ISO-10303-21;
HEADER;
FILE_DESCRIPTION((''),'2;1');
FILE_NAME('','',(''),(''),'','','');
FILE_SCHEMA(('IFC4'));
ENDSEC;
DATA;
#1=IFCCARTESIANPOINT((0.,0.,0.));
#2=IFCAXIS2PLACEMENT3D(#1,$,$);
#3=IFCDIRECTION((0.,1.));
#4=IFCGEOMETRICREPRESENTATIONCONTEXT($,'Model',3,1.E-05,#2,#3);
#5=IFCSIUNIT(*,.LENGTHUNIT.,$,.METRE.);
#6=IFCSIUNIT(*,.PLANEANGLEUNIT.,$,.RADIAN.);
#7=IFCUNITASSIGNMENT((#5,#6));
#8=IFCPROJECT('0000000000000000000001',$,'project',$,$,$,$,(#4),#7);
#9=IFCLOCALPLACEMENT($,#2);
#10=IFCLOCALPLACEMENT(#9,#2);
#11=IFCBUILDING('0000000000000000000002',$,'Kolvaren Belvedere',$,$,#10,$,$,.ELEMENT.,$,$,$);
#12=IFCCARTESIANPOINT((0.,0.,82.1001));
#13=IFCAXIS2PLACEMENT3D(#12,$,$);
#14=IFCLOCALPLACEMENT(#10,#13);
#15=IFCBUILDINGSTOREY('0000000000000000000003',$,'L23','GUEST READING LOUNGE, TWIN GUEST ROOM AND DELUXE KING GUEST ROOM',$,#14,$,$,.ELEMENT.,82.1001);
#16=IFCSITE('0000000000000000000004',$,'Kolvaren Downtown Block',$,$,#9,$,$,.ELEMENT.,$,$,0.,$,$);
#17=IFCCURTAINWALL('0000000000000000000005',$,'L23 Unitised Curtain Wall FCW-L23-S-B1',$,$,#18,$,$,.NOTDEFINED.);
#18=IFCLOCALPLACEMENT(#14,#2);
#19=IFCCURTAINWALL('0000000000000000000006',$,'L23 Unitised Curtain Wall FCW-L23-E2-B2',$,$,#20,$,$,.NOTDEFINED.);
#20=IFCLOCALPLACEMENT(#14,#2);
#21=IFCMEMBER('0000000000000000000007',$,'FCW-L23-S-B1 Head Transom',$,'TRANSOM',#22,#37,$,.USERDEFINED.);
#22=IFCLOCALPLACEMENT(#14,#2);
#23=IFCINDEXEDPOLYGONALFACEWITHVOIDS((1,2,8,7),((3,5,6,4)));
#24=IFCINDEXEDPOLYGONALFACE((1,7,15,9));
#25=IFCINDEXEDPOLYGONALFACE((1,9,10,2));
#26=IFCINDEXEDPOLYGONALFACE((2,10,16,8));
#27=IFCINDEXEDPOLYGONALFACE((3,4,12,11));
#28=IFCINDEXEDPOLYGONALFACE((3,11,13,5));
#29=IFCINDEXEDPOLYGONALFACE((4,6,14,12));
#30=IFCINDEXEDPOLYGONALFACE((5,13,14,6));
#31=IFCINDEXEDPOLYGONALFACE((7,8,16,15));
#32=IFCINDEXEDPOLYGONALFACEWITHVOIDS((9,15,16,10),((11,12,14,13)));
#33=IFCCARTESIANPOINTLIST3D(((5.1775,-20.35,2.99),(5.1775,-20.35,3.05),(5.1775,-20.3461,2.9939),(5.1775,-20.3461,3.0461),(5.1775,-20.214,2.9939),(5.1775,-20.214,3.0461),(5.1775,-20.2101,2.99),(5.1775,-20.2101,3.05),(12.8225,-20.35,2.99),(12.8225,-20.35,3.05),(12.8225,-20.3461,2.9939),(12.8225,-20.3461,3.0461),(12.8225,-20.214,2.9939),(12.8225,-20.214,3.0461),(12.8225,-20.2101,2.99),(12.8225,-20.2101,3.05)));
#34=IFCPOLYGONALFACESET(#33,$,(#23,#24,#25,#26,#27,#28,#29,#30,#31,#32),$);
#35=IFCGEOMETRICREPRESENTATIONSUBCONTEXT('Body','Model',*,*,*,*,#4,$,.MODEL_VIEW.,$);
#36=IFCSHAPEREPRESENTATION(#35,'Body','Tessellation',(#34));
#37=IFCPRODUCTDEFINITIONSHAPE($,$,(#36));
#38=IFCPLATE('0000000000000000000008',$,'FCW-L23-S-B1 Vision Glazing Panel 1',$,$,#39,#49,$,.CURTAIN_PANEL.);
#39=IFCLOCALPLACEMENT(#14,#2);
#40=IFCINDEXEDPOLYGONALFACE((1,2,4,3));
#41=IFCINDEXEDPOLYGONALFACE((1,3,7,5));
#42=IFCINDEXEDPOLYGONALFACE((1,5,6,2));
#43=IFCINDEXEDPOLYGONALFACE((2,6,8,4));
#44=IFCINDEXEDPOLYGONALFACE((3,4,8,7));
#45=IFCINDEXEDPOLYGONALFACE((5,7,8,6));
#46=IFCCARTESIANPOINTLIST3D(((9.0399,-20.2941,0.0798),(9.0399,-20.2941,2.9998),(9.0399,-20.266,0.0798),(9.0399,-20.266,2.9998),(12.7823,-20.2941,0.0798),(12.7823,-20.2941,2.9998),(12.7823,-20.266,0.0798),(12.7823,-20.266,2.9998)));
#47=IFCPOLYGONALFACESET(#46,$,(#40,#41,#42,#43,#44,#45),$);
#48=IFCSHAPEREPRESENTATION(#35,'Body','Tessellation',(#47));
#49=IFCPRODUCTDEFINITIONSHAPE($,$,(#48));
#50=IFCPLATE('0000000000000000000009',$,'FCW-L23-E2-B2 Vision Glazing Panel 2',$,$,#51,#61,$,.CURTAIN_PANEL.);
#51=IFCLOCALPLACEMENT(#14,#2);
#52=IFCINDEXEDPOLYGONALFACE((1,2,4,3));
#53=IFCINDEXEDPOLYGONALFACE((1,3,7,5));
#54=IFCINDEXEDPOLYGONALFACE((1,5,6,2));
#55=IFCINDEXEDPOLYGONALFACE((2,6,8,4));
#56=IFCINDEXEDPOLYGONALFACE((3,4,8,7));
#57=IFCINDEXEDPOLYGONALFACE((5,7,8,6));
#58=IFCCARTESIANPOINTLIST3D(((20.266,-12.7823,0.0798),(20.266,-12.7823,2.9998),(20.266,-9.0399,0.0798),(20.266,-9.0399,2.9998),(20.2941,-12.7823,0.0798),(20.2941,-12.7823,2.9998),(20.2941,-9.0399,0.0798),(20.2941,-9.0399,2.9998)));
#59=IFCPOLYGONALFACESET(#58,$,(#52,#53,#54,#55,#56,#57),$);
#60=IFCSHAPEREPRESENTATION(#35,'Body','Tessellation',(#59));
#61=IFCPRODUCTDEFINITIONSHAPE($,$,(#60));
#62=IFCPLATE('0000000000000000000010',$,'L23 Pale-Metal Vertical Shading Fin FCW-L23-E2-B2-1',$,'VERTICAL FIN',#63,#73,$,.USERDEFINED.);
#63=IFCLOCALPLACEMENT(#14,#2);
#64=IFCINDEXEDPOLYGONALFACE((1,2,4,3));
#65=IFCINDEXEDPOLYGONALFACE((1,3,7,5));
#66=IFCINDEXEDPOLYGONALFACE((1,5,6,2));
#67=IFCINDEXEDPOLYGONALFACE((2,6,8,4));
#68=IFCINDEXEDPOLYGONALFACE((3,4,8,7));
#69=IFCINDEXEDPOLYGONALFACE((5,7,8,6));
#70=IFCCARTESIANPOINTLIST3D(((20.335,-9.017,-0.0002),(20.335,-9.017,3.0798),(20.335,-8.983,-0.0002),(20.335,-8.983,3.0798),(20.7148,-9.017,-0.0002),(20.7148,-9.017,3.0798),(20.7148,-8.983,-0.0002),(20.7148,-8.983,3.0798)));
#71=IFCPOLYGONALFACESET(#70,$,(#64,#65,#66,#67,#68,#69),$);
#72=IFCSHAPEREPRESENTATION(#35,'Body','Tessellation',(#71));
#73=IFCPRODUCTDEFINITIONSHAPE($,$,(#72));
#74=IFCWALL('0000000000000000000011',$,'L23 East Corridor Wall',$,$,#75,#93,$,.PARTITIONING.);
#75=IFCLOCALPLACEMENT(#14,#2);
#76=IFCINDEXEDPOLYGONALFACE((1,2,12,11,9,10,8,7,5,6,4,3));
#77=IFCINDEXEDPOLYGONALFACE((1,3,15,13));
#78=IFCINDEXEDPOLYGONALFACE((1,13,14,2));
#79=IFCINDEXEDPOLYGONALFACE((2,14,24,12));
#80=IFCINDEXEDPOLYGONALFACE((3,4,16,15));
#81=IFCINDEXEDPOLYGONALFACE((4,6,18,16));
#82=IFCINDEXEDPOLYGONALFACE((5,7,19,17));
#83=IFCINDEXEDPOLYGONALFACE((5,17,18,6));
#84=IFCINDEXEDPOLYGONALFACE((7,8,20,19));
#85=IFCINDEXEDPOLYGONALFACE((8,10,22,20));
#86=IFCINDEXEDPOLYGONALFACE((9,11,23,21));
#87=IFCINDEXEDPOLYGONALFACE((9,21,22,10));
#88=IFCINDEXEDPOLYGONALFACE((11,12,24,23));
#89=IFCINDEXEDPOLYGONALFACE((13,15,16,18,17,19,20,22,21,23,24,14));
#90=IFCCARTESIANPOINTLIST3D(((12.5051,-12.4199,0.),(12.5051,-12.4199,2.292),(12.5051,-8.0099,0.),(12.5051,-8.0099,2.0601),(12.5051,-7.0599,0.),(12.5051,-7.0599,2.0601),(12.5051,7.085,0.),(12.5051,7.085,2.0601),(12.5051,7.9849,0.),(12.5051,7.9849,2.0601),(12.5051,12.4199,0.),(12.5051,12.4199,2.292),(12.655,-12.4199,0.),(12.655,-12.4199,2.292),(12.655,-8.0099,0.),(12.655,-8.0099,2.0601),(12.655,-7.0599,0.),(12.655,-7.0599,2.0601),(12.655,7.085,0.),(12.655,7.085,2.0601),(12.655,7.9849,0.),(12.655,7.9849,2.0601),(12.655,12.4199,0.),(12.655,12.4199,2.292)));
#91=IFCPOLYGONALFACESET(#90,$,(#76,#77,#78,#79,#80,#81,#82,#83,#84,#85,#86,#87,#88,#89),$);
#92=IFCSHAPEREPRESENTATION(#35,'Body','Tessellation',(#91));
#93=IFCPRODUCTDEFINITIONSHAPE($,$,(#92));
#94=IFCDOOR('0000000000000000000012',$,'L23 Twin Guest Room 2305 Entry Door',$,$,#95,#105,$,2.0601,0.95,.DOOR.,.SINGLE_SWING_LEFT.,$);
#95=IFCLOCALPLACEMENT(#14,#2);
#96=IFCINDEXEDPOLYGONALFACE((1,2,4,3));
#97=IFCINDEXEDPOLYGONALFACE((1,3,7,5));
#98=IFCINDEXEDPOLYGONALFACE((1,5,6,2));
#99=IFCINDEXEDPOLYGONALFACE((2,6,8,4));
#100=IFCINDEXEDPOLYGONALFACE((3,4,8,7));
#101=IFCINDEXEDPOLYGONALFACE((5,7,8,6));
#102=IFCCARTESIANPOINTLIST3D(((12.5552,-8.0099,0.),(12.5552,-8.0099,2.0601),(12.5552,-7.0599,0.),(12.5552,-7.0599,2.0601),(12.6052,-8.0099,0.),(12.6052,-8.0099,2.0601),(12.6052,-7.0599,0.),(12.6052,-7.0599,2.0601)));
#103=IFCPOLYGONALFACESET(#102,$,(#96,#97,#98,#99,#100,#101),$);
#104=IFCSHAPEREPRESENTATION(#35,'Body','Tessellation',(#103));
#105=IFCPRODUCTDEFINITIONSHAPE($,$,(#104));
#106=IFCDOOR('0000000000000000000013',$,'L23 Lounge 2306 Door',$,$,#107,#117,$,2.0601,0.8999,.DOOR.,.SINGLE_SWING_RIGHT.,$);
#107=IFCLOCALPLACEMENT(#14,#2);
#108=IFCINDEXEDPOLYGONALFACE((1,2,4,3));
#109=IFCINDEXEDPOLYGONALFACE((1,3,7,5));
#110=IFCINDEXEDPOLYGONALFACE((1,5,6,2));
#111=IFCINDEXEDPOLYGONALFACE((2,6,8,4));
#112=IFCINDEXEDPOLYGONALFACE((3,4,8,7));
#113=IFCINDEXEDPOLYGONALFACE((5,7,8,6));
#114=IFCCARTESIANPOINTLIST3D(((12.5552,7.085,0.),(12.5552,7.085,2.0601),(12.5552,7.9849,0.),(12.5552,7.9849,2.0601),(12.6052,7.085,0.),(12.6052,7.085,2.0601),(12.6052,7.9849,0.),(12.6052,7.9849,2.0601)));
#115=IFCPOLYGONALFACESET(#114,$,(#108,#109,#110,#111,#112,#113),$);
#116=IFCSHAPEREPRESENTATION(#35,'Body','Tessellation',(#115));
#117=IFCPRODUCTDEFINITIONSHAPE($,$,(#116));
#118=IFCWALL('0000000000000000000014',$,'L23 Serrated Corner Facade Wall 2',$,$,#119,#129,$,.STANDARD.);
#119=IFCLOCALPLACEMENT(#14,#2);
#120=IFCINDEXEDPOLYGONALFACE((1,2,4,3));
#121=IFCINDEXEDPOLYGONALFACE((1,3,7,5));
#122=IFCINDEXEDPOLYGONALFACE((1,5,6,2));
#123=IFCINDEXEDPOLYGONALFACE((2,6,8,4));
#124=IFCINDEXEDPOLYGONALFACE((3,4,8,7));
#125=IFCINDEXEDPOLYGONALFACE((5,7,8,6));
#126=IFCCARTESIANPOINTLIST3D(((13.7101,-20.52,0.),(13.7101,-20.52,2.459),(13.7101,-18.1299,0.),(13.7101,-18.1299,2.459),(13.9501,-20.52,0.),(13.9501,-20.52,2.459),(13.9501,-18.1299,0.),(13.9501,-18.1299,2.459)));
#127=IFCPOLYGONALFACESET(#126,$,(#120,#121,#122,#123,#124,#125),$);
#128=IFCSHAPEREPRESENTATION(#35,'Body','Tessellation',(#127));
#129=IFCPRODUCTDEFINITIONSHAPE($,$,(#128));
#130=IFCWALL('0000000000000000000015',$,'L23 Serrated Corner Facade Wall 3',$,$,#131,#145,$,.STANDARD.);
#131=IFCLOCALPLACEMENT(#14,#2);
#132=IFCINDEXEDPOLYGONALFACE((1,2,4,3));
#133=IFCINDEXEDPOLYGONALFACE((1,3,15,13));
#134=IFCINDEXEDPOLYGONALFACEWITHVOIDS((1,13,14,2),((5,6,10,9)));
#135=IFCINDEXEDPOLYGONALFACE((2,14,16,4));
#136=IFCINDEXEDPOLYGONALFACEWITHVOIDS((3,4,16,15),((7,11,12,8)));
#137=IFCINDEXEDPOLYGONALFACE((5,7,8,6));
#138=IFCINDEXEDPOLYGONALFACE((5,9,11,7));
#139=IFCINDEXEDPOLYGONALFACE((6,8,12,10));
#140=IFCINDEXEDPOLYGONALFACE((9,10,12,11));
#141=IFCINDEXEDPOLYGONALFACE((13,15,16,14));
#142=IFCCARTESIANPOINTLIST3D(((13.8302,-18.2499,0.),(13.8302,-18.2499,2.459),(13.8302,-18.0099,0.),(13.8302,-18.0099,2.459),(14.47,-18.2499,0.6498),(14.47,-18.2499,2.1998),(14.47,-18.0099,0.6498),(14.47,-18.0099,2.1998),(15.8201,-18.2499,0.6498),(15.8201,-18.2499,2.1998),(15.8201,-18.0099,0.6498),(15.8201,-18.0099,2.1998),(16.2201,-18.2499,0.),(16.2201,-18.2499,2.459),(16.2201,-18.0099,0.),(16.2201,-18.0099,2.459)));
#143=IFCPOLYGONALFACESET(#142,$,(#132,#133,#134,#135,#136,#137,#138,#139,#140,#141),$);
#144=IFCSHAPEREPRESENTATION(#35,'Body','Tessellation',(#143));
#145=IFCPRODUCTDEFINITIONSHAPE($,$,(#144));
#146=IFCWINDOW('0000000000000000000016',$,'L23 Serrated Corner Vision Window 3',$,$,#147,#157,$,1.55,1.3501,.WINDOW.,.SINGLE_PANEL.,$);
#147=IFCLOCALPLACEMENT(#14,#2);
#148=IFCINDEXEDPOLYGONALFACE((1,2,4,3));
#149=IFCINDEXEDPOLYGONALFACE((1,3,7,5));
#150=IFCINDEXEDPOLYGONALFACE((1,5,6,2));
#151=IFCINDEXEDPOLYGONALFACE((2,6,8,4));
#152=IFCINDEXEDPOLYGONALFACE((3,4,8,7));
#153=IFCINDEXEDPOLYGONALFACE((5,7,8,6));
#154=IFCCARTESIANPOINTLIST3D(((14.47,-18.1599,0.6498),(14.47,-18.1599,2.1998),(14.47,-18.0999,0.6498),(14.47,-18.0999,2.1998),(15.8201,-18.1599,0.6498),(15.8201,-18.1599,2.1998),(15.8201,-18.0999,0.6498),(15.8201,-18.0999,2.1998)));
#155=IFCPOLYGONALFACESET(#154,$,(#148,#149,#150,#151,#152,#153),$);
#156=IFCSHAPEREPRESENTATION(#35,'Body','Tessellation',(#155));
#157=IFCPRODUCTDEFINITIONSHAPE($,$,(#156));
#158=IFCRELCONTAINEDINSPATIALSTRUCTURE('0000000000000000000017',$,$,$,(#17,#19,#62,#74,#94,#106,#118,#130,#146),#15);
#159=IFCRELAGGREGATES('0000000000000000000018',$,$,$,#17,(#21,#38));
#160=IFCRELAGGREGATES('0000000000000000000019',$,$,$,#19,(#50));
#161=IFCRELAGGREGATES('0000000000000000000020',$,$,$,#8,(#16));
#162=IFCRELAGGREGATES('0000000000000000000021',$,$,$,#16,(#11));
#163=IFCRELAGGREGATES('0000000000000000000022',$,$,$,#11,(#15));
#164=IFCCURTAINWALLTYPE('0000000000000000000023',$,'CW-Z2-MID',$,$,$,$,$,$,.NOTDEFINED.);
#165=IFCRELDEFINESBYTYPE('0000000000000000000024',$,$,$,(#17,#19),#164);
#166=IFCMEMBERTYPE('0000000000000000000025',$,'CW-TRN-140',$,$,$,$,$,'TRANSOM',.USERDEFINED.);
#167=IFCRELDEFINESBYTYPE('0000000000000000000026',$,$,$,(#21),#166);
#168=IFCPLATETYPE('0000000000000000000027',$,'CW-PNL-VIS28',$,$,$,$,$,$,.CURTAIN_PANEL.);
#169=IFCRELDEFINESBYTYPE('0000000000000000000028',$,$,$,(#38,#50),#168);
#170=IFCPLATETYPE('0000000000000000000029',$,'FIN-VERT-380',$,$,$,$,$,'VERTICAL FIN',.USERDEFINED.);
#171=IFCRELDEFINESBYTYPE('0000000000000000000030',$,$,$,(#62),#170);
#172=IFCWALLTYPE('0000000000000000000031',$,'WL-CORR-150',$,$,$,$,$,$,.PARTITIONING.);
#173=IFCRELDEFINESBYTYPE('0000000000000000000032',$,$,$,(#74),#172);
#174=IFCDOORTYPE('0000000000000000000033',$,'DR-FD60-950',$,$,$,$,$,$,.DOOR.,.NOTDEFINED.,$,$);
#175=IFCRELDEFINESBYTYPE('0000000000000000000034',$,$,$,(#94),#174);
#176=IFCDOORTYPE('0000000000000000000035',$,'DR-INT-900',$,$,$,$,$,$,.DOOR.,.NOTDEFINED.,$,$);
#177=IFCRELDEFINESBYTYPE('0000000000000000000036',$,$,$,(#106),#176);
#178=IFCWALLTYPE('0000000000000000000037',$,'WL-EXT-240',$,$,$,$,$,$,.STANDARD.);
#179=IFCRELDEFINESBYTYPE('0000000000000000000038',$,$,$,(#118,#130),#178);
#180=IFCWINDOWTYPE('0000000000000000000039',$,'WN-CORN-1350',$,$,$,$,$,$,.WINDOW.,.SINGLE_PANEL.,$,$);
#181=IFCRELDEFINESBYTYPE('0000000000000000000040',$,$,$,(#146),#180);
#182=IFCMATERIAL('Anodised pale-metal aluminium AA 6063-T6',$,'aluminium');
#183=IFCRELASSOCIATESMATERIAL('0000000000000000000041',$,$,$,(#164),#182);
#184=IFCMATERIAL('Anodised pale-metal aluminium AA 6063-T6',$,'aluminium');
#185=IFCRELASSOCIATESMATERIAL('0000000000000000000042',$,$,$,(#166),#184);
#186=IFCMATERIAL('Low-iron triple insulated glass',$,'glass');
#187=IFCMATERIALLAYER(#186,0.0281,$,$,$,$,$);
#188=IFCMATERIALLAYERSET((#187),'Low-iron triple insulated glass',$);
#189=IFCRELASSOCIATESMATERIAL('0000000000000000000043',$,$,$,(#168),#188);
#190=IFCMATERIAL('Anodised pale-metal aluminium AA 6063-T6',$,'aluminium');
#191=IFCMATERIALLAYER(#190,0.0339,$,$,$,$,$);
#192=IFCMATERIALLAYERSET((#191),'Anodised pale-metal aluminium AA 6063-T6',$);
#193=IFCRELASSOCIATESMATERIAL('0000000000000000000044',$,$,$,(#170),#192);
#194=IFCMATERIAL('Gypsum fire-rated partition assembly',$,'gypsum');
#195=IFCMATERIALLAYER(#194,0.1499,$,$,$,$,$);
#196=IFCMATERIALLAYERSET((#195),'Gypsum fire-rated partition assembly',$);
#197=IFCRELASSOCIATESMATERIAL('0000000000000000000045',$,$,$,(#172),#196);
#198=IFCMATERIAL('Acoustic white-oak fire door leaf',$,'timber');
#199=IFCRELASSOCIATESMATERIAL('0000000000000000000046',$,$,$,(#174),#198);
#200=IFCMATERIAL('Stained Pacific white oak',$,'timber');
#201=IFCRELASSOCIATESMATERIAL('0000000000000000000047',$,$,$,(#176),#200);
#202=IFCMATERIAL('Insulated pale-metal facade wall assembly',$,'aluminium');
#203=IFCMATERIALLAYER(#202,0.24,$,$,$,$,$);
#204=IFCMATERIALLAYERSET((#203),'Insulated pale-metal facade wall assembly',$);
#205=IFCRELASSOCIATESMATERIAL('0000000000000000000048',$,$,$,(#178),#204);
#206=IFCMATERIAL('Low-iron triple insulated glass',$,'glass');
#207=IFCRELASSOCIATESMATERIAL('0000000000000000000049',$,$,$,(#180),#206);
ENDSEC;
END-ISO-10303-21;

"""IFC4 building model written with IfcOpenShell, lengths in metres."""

from ifc_helpers import new_model, si_unit, direction, frame, frame_2d, origin, origin_2d, place, context, subcontext, project, spatial, rectangle, hollow_rectangle, extrude, material, layer, layer_set, material_profile, profile_set, type_object, element, fill, aggregate, save


model = new_model("IFC4")

# Units and contexts
model_context = context("Model", 3, precision=1e-05, world=origin(), true_north=direction((0.0, 1.0)))
body_context = subcontext(model_context, "Body", "Model", "MODEL_VIEW")
ifc_project = project(units=[si_unit("LENGTHUNIT", "METRE"), si_unit("PLANEANGLEUNIT", "RADIAN")], contexts=[model_context])

# Site, building, storey
site_placement = place(None, origin())
site = spatial("IfcSite", under=ifc_project, at=site_placement, Name="Kolvaren Downtown Block", CompositionType="ELEMENT", RefElevation=0.0)
building_placement = place(site_placement, origin())
building = spatial("IfcBuilding", under=site, at=building_placement, Name="Kolvaren Belvedere", CompositionType="ELEMENT")
storey_placement = place(building_placement, frame((0.0, 0.0, 82.1001)))
storey = spatial("IfcBuildingStorey", under=building, at=storey_placement, Name="L23", Description="GUEST READING LOUNGE, TWIN GUEST ROOM AND DELUXE KING GUEST ROOM", CompositionType="ELEMENT", Elevation=82.1001)

# Curtain wall
ifc_material_1 = material(Name="Anodised pale-metal aluminium AA 6063-T6", Category="aluminium")
curtain_wall_type = type_object("IfcCurtainWallType", Name="CW-Z2-MID", PredefinedType="NOTDEFINED", material=ifc_material_1)
curtain_wall_1_placement = place(storey_placement, origin())
curtain_wall_1 = element("IfcCurtainWall", 1, at=curtain_wall_1_placement, inside=storey, type_object=curtain_wall_type, Name="L23 Unitised Curtain Wall FCW-L23-S-B1", PredefinedType="NOTDEFINED")

# Curtain wall
curtain_wall_2_placement = place(storey_placement, origin())
curtain_wall_2 = element("IfcCurtainWall", 2, at=curtain_wall_2_placement, inside=storey, type_object=curtain_wall_type, Name="L23 Unitised Curtain Wall FCW-L23-E2-B2", PredefinedType="NOTDEFINED")

# Member
ifc_material_2 = material(Name="Anodised pale-metal aluminium AA 6063-T6", Category="aluminium")
ifc_material_profile_1 = material_profile(ifc_material_2, hollow_rectangle(XDim=0.0601, YDim=0.1399, WallThickness=0.0039, at=origin_2d()), Name="ALU-TRN-140X60")
ifc_profile_set_1 = profile_set([ifc_material_profile_1], Name="Anodised pale-metal aluminium AA 6063-T6")
member_type_1 = type_object("IfcMemberType", Name="CW-TRN-140", ElementType="TRANSOM", PredefinedType="USERDEFINED", material=ifc_profile_set_1)
member_1_placement = place(storey_placement, frame((12.8225, -20.28, 3.02), z_axis=(-1.0, 0.0, 0.0), x_axis=(0.0, 0.0, 1.0)))
member_1 = element("IfcMember", 3, at=member_1_placement, type_object=member_type_1, Name="FCW-L23-S-B1 Head Transom", ObjectType="TRANSOM", PredefinedType="USERDEFINED", context=body_context, shape_type="SweptSolid", body=[
    extrude(hollow_rectangle(XDim=0.0601, YDim=0.1399, WallThickness=0.0039, at=origin_2d()), origin(), (0.0, 0.0, 1.0), 7.645),
])

# Plates
ifc_material_3 = material(Name="Low-iron triple insulated glass", Category="glass")
ifc_layer_1 = layer(ifc_material_3, 0.0281)
ifc_layer_set_1 = layer_set([ifc_layer_1], Name="Low-iron triple insulated glass")
plate_type_1 = type_object("IfcPlateType", Name="CW-PNL-VIS28", PredefinedType="CURTAIN_PANEL", material=ifc_layer_set_1)
plate_1_placement = place(storey_placement, frame((10.9111, -20.28, 0.0798), z_axis=(0.0, 0.0, 1.0), x_axis=(-1.0, 0.0, 0.0)))
plate_1 = element("IfcPlate", 4, at=plate_1_placement, type_object=plate_type_1, Name="FCW-L23-S-B1 Vision Glazing Panel 1", PredefinedType="CURTAIN_PANEL", context=body_context, shape_type="SweptSolid", body=[
    extrude(rectangle(XDim=3.7424, YDim=0.0281, at=origin_2d()), origin(), (0.0, 0.0, 1.0), 2.9199),
])
aggregate(curtain_wall_1, [member_1, plate_1])
plate_2_placement = place(storey_placement, frame((20.28, -10.9111, 0.0798), z_axis=(0.0, 0.0, 1.0), x_axis=(0.0, -1.0, 0.0)))
plate_2 = element("IfcPlate", 5, at=plate_2_placement, type_object=plate_type_1, Name="FCW-L23-E2-B2 Vision Glazing Panel 2", PredefinedType="CURTAIN_PANEL", context=body_context, shape_type="SweptSolid", body=[
    extrude(rectangle(XDim=3.7424, YDim=0.0281, at=origin_2d()), origin(), (0.0, 0.0, 1.0), 2.9199),
])
aggregate(curtain_wall_2, [plate_2])
ifc_material_4 = material(Name="Anodised pale-metal aluminium AA 6063-T6", Category="aluminium")
ifc_layer_2 = layer(ifc_material_4, 0.0339)
ifc_layer_set_2 = layer_set([ifc_layer_2], Name="Anodised pale-metal aluminium AA 6063-T6")
plate_type_2 = type_object("IfcPlateType", Name="FIN-VERT-380", ElementType="VERTICAL FIN", PredefinedType="USERDEFINED", material=ifc_layer_set_2)
plate_3_placement = place(storey_placement, frame((20.5249, -9.0, -0.0002), z_axis=(0.0, 0.0, 1.0), x_axis=(1.0, 0.0, 0.0)))
element("IfcPlate", 6, at=plate_3_placement, inside=storey, type_object=plate_type_2, Name="L23 Pale-Metal Vertical Shading Fin FCW-L23-E2-B2-1", ObjectType="VERTICAL FIN", PredefinedType="USERDEFINED", context=body_context, shape_type="SweptSolid", body=[
    extrude(rectangle(XDim=0.3799, YDim=0.0339, at=origin_2d()), origin(), (0.0, 0.0, 1.0), 3.0801),
])

# Wall, openings, doors
ifc_material_5 = material(Name="Gypsum fire-rated partition assembly", Category="gypsum")
ifc_layer_3 = layer(ifc_material_5, 0.1499)
ifc_layer_set_3 = layer_set([ifc_layer_3], Name="Gypsum fire-rated partition assembly")
wall_type_1 = type_object("IfcWallType", Name="WL-CORR-150", PredefinedType="PARTITIONING", material=ifc_layer_set_3)
wall_1_placement = place(storey_placement, frame((12.5801, -12.4199, 0.0), z_axis=(0.0, 0.0, 1.0), x_axis=(0.0, 1.0, 0.0)))
wall_1 = element("IfcWall", 7, at=wall_1_placement, inside=storey, type_object=wall_type_1, Name="L23 East Corridor Wall", PredefinedType="PARTITIONING", context=body_context, shape_type="SweptSolid", body=[
    extrude(rectangle(XDim=24.8398, YDim=0.1499, at=frame_2d((12.4199, 0.0))), origin(), (0.0, 0.0, 1.0), 2.292),
])
opening_1_placement = place(wall_1_placement, frame((4.4099, 0.0, 0.0)))
opening_1 = element("IfcOpeningElement", 8, at=opening_1_placement, cuts=wall_1, PredefinedType="OPENING", context=body_context, shape_type="SweptSolid", body=[
    extrude(rectangle(XDim=0.95, YDim=2.0601, at=frame_2d((0.4751, 1.03))), frame((0.0, 0.085, 0.0), z_axis=(0.0, -1.0, 0.0), x_axis=(1.0, 0.0, 0.0)), (0.0, 0.0, 1.0), 0.1699),
])
opening_2_placement = place(wall_1_placement, frame((19.5049, 0.0, 0.0)))
opening_2 = element("IfcOpeningElement", 9, at=opening_2_placement, cuts=wall_1, PredefinedType="OPENING", context=body_context, shape_type="SweptSolid", body=[
    extrude(rectangle(XDim=0.8999, YDim=2.0601, at=frame_2d((0.45, 1.03))), frame((0.0, 0.085, 0.0), z_axis=(0.0, -1.0, 0.0), x_axis=(1.0, 0.0, 0.0)), (0.0, 0.0, 1.0), 0.1699),
])
ifc_material_6 = material(Name="Acoustic white-oak fire door leaf", Category="timber")
door_type_1 = type_object("IfcDoorType", Name="DR-FD60-950", OperationType="NOTDEFINED", PredefinedType="DOOR", material=ifc_material_6)
door_1_placement = place(opening_1_placement, origin())
door_1 = element("IfcDoor", 10, at=door_1_placement, inside=storey, type_object=door_type_1, Name="L23 Twin Guest Room 2305 Entry Door", OperationType="SINGLE_SWING_LEFT", OverallHeight=2.0601, OverallWidth=0.95, PredefinedType="DOOR", context=body_context, shape_type="SweptSolid", body=[
    extrude(rectangle(XDim=0.95, YDim=2.0601, at=frame_2d((0.4751, 1.03))), frame((0.0, 0.0249, 0.0), z_axis=(0.0, -1.0, 0.0), x_axis=(1.0, 0.0, 0.0)), (0.0, 0.0, 1.0), 0.05),
])
fill(opening_1, door_1)
ifc_material_7 = material(Name="Stained Pacific white oak", Category="timber")
door_type_2 = type_object("IfcDoorType", Name="DR-INT-900", OperationType="NOTDEFINED", PredefinedType="DOOR", material=ifc_material_7)
door_2_placement = place(opening_2_placement, origin())
door_2 = element("IfcDoor", 11, at=door_2_placement, inside=storey, type_object=door_type_2, Name="L23 Lounge 2306 Door", OperationType="SINGLE_SWING_RIGHT", OverallHeight=2.0601, OverallWidth=0.8999, PredefinedType="DOOR", context=body_context, shape_type="SweptSolid", body=[
    extrude(rectangle(XDim=0.8999, YDim=2.0601, at=frame_2d((0.45, 1.03))), frame((0.0, 0.0249, 0.0), z_axis=(0.0, -1.0, 0.0), x_axis=(1.0, 0.0, 0.0)), (0.0, 0.0, 1.0), 0.05),
])
fill(opening_2, door_2)

# Wall
ifc_material_8 = material(Name="Insulated pale-metal facade wall assembly", Category="aluminium")
ifc_layer_4 = layer(ifc_material_8, 0.24)
ifc_layer_set_4 = layer_set([ifc_layer_4], Name="Insulated pale-metal facade wall assembly")
wall_type_2 = type_object("IfcWallType", Name="WL-EXT-240", PredefinedType="STANDARD", material=ifc_layer_set_4)
wall_2_placement = place(storey_placement, frame((13.8301, -18.1299, 0.0), z_axis=(0.0, 0.0, 1.0), x_axis=(0.0, -1.0, 0.0)))
element("IfcWall", 12, at=wall_2_placement, inside=storey, type_object=wall_type_2, Name="L23 Serrated Corner Facade Wall 2", PredefinedType="STANDARD", context=body_context, shape_type="SweptSolid", body=[
    extrude(rectangle(XDim=2.3901, YDim=0.24, at=frame_2d((1.1951, 0.0))), origin(), (0.0, 0.0, 1.0), 2.459),
])

# Wall, opening, window
wall_3_placement = place(storey_placement, frame((16.22, -18.1299, 0.0), z_axis=(0.0, 0.0, 1.0), x_axis=(-1.0, 0.0, 0.0)))
wall_3 = element("IfcWall", 13, at=wall_3_placement, inside=storey, type_object=wall_type_2, Name="L23 Serrated Corner Facade Wall 3", PredefinedType="STANDARD", context=body_context, shape_type="SweptSolid", body=[
    extrude(rectangle(XDim=2.3899, YDim=0.24, at=frame_2d((1.1948, 0.0))), origin(), (0.0, 0.0, 1.0), 2.459),
])
opening_3_placement = place(wall_3_placement, frame((0.3999, 0.0, 0.6499)))
opening_3 = element("IfcOpeningElement", 14, at=opening_3_placement, cuts=wall_3, PredefinedType="OPENING", context=body_context, shape_type="SweptSolid", body=[
    extrude(rectangle(XDim=1.3501, YDim=1.55, at=frame_2d((0.675, 0.7749))), frame((0.0, 0.1299, 0.0), z_axis=(0.0, -1.0, 0.0), x_axis=(1.0, 0.0, 0.0)), (0.0, 0.0, 1.0), 0.26),
])
ifc_material_9 = material(Name="Low-iron triple insulated glass", Category="glass")
window_type_1 = type_object("IfcWindowType", Name="WN-CORN-1350", PartitioningType="SINGLE_PANEL", PredefinedType="WINDOW", material=ifc_material_9)
window_1_placement = place(opening_3_placement, origin())
window_1 = element("IfcWindow", 15, at=window_1_placement, inside=storey, type_object=window_type_1, Name="L23 Serrated Corner Vision Window 3", OverallHeight=1.55, OverallWidth=1.3501, PartitioningType="SINGLE_PANEL", PredefinedType="WINDOW", context=body_context, shape_type="SweptSolid", body=[
    extrude(rectangle(XDim=1.3501, YDim=1.55, at=frame_2d((0.675, 0.7749))), frame((0.0, 0.03, 0.0), z_axis=(0.0, -1.0, 0.0), x_axis=(1.0, 0.0, 0.0)), (0.0, 0.0, 1.0), 0.0601),
])
fill(opening_3, window_1)

save(model, "model.ifc")
